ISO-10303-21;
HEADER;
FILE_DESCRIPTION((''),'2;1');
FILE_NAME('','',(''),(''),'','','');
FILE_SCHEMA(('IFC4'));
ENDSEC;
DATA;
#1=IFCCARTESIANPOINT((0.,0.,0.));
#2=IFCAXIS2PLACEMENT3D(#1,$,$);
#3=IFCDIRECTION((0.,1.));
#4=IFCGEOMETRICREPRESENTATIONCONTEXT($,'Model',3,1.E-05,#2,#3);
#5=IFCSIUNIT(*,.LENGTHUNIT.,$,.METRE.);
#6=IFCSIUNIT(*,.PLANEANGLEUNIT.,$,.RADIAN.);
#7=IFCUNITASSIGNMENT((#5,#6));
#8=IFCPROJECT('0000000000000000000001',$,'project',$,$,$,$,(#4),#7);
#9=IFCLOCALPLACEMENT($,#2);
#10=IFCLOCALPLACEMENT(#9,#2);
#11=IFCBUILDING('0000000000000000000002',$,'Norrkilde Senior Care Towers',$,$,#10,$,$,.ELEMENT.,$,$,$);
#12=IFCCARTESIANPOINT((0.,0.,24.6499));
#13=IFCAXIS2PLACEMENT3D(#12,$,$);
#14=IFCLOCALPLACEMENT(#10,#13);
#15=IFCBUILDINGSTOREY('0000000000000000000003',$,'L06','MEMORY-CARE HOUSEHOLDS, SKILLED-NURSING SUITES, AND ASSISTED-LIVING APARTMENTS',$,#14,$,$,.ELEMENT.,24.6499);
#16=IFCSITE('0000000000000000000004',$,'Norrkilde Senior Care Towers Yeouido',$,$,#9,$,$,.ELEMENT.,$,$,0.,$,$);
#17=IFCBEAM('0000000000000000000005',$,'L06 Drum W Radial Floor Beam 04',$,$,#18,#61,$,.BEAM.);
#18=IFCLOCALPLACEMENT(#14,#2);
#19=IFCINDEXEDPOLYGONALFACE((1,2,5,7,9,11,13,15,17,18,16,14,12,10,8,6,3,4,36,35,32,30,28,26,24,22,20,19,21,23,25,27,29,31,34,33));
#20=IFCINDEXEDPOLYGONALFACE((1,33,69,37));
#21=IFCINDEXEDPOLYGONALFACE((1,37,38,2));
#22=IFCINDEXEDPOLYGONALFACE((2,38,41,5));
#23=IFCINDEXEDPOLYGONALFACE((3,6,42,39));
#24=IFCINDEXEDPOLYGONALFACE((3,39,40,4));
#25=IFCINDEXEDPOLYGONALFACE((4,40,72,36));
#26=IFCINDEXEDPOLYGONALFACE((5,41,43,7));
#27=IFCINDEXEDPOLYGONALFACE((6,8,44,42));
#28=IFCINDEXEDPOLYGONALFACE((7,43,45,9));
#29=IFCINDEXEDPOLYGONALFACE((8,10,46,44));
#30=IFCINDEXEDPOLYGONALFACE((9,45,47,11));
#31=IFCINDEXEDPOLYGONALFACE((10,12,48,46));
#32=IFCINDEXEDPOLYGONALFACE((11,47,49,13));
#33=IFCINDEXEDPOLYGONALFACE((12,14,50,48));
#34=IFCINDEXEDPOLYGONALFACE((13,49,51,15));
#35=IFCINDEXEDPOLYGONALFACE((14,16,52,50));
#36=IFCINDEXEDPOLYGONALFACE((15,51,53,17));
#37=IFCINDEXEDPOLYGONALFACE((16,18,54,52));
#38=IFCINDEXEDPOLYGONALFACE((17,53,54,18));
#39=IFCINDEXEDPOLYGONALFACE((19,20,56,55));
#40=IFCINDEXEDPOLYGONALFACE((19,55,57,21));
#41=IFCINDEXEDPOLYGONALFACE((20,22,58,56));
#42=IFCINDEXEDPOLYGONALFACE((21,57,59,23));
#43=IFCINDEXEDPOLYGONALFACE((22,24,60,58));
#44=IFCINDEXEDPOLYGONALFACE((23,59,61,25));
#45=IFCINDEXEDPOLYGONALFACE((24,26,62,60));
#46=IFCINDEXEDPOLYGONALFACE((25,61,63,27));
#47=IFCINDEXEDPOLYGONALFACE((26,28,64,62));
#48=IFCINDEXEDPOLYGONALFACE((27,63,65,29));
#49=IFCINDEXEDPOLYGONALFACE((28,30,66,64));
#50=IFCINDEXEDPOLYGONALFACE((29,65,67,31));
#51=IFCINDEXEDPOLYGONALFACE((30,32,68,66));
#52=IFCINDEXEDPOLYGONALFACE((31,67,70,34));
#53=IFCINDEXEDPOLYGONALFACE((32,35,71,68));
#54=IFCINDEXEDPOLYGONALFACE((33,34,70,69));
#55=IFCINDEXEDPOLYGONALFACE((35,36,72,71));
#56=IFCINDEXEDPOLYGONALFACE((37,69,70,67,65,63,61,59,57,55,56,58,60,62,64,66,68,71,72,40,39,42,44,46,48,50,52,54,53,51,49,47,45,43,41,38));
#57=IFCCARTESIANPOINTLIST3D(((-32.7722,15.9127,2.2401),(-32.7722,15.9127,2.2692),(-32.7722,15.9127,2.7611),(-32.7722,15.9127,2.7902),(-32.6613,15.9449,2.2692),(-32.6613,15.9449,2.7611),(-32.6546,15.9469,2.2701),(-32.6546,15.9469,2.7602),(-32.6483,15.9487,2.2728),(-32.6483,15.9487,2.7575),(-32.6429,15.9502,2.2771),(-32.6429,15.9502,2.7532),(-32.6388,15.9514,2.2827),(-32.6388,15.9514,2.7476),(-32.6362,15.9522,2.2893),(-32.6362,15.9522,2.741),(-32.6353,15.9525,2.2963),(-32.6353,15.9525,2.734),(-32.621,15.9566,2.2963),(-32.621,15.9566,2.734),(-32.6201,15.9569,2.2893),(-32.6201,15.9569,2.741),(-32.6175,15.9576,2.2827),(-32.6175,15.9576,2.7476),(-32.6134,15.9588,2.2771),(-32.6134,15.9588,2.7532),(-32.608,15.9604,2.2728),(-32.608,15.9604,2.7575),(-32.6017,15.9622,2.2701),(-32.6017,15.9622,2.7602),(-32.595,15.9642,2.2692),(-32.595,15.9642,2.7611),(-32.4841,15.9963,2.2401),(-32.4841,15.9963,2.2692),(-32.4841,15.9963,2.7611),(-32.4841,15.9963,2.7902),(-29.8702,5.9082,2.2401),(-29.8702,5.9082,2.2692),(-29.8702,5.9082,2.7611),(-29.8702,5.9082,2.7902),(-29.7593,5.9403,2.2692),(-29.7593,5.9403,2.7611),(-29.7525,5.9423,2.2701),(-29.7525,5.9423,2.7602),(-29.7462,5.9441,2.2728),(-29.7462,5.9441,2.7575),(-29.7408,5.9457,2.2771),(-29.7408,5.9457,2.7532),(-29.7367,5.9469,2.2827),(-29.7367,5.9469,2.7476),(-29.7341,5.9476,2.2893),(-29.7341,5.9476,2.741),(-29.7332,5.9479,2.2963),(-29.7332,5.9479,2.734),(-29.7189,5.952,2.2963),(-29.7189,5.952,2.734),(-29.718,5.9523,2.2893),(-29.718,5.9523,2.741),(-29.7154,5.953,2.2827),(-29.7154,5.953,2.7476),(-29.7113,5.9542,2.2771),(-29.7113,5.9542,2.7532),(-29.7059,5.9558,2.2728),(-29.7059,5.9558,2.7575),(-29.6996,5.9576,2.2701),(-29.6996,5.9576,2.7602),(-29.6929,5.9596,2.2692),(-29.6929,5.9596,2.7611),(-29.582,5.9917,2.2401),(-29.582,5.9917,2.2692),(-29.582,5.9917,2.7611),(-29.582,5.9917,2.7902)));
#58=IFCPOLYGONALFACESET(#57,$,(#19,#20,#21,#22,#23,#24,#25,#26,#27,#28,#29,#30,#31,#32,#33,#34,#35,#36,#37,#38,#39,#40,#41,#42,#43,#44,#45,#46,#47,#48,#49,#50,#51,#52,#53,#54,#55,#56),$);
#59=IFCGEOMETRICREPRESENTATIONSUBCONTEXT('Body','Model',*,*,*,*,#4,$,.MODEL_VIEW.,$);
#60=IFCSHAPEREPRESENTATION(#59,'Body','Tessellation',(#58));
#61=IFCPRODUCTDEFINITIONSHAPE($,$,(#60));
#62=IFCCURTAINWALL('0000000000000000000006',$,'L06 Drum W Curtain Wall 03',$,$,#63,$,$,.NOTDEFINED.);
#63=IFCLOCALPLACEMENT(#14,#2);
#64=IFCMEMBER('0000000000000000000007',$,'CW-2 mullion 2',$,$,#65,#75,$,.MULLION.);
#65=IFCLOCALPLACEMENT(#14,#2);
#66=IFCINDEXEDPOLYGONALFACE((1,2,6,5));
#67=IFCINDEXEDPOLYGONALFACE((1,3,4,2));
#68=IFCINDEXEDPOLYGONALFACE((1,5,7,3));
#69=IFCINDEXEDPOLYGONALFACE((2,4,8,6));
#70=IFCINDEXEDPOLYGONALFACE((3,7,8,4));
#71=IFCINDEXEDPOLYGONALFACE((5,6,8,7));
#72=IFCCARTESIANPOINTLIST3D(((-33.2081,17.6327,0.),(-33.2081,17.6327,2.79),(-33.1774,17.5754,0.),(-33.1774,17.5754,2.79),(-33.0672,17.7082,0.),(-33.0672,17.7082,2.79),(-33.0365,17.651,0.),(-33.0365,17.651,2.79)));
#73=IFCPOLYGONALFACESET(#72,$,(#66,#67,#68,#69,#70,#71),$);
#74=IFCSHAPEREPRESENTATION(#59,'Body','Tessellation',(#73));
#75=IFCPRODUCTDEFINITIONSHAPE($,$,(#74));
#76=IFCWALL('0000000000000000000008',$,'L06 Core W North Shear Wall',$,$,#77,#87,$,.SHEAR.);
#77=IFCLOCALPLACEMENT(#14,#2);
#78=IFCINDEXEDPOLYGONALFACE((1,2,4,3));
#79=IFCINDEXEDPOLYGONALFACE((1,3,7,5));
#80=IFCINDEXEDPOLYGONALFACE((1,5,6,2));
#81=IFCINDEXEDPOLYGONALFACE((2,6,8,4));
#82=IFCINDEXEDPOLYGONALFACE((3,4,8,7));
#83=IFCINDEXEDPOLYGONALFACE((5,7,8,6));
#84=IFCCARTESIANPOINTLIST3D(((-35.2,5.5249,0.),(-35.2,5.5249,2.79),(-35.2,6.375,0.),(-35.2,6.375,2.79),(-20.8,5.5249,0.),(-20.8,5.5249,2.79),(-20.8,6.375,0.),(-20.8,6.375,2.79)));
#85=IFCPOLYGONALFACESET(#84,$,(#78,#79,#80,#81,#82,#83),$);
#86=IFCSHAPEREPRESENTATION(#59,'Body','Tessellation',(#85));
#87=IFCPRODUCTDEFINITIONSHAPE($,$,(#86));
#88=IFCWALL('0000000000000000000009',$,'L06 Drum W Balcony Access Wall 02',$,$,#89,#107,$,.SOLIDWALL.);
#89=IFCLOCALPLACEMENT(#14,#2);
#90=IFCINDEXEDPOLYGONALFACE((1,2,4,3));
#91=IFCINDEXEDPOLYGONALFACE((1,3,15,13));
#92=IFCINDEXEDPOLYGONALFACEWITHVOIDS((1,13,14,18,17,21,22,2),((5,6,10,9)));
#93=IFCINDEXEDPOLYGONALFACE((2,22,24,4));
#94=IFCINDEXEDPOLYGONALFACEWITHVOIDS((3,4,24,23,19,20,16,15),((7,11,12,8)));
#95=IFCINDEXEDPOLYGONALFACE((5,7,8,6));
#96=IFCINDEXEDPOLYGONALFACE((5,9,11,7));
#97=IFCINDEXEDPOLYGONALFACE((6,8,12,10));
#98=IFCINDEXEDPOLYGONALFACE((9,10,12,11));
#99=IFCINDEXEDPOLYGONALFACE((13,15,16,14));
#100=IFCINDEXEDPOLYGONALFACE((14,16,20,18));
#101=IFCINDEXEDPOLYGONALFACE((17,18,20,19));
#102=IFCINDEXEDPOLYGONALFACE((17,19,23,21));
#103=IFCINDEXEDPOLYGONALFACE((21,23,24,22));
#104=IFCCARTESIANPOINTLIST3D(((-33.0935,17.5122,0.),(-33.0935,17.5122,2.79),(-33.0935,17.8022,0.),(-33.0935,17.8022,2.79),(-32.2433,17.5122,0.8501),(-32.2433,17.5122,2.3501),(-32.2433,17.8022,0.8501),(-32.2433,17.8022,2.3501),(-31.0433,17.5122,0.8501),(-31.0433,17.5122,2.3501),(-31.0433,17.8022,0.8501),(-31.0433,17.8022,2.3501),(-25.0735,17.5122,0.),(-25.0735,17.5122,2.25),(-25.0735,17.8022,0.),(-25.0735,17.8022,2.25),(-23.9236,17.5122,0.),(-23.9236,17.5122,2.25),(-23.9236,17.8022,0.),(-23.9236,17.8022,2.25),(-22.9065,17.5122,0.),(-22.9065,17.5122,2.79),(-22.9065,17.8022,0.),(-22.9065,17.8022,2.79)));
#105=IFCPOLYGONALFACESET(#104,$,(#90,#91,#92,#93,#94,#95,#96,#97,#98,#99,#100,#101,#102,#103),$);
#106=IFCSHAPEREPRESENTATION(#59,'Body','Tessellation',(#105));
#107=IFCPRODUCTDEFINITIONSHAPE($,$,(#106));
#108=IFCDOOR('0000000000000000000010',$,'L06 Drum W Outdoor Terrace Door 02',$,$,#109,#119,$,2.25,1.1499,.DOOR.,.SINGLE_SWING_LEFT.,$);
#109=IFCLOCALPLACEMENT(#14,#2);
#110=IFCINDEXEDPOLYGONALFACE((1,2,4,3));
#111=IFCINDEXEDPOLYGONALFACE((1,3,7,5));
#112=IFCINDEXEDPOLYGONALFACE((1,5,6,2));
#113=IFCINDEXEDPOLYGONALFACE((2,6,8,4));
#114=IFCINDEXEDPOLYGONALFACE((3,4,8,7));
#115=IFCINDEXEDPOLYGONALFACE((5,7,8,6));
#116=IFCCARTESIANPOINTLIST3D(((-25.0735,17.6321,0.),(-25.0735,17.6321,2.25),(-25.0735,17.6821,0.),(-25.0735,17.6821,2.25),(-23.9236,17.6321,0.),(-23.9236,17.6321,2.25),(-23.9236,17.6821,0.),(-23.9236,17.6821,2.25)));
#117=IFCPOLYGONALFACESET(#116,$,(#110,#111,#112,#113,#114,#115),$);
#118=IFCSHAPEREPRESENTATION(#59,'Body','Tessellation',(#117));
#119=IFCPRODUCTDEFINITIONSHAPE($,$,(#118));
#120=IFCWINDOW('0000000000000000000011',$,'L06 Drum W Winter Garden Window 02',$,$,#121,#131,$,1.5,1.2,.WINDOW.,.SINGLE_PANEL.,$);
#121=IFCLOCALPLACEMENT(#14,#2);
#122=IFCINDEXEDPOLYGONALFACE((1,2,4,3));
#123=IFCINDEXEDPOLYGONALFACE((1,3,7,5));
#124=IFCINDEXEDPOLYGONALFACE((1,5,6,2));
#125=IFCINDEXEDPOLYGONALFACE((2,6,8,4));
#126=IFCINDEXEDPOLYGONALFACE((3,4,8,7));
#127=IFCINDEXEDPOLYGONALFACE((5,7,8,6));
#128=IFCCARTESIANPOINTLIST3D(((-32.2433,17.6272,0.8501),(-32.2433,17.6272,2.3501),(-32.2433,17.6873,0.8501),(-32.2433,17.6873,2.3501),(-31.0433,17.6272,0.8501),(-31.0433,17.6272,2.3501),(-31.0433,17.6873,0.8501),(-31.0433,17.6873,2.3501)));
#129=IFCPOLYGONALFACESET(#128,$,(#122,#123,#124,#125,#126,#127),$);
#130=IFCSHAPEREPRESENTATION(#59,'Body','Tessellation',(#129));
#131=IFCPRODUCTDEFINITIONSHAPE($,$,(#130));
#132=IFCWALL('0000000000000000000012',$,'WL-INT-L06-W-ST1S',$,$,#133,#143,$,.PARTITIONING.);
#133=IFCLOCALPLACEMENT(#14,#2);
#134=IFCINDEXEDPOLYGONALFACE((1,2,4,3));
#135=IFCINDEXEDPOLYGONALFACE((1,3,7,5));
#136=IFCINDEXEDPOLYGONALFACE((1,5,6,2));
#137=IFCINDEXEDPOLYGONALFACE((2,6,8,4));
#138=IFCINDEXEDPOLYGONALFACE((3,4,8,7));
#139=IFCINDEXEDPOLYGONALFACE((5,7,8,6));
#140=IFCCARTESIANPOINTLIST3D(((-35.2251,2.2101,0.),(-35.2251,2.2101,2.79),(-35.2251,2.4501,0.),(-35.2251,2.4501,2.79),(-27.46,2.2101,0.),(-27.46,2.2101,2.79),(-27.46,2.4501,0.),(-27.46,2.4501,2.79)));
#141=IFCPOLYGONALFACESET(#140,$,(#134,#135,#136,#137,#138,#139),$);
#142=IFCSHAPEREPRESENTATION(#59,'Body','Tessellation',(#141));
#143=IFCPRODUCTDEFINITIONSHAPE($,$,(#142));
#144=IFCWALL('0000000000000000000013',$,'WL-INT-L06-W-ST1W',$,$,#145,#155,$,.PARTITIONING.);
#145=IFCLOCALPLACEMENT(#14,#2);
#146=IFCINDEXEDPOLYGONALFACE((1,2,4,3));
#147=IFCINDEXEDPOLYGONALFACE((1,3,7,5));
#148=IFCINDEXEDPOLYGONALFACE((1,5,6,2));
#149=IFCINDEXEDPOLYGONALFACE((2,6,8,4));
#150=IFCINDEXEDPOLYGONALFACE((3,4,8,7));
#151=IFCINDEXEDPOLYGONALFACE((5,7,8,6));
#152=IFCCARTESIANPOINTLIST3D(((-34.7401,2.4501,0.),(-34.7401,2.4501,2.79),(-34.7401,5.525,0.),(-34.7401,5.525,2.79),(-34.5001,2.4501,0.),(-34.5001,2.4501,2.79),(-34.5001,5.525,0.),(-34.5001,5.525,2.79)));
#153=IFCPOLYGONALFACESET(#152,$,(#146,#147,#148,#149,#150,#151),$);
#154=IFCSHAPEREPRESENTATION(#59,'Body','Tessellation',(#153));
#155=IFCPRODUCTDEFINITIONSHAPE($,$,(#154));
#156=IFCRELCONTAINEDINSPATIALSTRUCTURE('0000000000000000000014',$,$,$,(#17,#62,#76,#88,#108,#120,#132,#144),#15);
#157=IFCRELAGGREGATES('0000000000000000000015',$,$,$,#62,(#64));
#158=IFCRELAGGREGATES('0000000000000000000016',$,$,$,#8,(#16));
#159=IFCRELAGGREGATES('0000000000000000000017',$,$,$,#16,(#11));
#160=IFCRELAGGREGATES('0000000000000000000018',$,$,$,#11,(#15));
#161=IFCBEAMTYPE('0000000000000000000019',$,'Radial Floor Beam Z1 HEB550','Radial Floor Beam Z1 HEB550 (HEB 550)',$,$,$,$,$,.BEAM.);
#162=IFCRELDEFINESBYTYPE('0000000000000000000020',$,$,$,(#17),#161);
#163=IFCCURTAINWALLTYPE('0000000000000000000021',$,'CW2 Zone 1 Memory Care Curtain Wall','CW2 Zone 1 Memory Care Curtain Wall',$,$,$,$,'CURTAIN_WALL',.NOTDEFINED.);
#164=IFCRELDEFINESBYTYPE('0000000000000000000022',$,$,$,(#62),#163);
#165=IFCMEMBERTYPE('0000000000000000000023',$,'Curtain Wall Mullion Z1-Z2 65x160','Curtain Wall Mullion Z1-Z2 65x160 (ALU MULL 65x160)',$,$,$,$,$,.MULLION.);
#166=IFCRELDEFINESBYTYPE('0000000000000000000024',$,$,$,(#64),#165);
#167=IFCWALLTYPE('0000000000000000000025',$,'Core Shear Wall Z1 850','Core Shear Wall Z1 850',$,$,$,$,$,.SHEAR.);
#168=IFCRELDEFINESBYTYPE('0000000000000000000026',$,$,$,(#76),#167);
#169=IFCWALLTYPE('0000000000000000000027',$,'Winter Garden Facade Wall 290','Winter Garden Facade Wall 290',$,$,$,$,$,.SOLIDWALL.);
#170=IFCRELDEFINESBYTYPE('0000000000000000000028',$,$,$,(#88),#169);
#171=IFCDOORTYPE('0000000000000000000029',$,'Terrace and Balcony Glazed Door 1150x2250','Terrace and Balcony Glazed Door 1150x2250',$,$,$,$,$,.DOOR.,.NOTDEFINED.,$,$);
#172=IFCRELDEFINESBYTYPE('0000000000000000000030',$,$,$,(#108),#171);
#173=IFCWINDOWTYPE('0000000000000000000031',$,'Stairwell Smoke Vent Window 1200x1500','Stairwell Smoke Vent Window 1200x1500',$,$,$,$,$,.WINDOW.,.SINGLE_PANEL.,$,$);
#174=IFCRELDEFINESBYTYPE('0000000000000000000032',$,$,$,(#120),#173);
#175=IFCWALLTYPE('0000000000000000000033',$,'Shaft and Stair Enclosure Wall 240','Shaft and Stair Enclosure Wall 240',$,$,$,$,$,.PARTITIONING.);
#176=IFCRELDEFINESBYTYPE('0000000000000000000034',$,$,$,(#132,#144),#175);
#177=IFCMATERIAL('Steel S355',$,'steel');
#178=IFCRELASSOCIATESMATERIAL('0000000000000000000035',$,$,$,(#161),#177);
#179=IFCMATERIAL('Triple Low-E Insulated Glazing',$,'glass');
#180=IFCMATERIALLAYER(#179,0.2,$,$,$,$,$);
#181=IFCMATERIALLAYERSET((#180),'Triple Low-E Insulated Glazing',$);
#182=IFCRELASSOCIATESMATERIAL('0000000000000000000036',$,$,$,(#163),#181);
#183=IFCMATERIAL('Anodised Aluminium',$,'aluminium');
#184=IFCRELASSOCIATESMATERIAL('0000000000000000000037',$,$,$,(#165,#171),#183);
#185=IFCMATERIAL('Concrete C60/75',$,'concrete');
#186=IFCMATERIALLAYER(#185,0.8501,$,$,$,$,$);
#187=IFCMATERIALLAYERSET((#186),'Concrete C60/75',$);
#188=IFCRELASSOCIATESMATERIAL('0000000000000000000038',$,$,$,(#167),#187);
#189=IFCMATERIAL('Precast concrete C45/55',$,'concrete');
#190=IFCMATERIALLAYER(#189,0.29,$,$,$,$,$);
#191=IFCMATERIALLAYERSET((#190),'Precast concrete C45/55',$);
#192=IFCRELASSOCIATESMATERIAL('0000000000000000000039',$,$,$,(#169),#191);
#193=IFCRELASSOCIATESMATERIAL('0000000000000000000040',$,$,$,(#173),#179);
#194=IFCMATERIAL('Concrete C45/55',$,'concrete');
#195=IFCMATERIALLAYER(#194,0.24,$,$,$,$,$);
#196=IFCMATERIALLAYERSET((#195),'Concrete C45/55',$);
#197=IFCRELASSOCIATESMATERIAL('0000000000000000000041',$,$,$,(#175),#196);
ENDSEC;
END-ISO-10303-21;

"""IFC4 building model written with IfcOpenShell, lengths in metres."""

from ifc_helpers import new_model, si_unit, direction, frame, frame_2d, origin, origin_2d, place, context, subcontext, project, spatial, rectangle, i_section, extrude, source, transform, mapped, material, layer, layer_set, material_profile, profile_set, type_object, type_shapes, element, fill, aggregate, save


model = new_model("IFC4")

# Units and contexts
model_context = context("Model", 3, precision=1e-05, world=origin(), true_north=direction((0.0, 1.0)))
body_context = subcontext(model_context, "Body", "Model", "MODEL_VIEW")
ifc_project = project(units=[si_unit("LENGTHUNIT", "METRE"), si_unit("PLANEANGLEUNIT", "RADIAN")], contexts=[model_context])

# Site, building, storey
site_placement = place(None, origin())
site = spatial("IfcSite", under=ifc_project, at=site_placement, Name="Norrkilde Senior Care Towers Yeouido", CompositionType="ELEMENT", RefElevation=0.0)
building_placement = place(site_placement, origin())
building = spatial("IfcBuilding", under=site, at=building_placement, Name="Norrkilde Senior Care Towers", CompositionType="ELEMENT")
storey_placement = place(building_placement, frame((0.0, 0.0, 24.6499)))
storey = spatial("IfcBuildingStorey", under=building, at=storey_placement, Name="L06", Description="MEMORY-CARE HOUSEHOLDS, SKILLED-NURSING SUITES, AND ASSISTED-LIVING APARTMENTS", CompositionType="ELEMENT", Elevation=24.6499)

# Shared definitions
ifc_material_1 = material(Name="Concrete C60/75", Category="concrete")

# Beam
ifc_material_2 = material(Name="Steel S355", Category="steel")
ifc_material_profile_1 = material_profile(ifc_material_2, i_section(OverallWidth=0.3, OverallDepth=0.55, WebThickness=0.0149, FlangeThickness=0.0291, FilletRadius=0.0271, at=origin_2d()), Name="HEB 550")
ifc_profile_set_1 = profile_set([ifc_material_profile_1], Name="Steel S355")
beam_type_1 = type_object("IfcBeamType", Name="Radial Floor Beam Z1 HEB550", Description="Radial Floor Beam Z1 HEB550 (HEB 550)", PredefinedType="BEAM", material=ifc_profile_set_1)
shared_shape_1 = source(origin(), body_context, "Body", "SweptSolid", [
    extrude(i_section(OverallWidth=0.3, OverallDepth=0.55, WebThickness=0.0149, FlangeThickness=0.0291, FilletRadius=0.0271, at=origin_2d()), origin(), (0.0, 0.0, 1.0), 10.417),
])
beam_1_placement = place(storey_placement, frame((-29.7261, 5.95, 2.5151), z_axis=(-0.278591, 0.96041, 0.0), x_axis=(-0.96041, -0.278591, 0.0)))
element("IfcBeam", 1, at=beam_1_placement, inside=storey, type_object=beam_type_1, Name="L06 Drum W Radial Floor Beam 04", PredefinedType="BEAM", context=body_context, shape_type="MappedRepresentation", body=[
    mapped(shared_shape_1, transform((0.0, 0.0, 0.0), x_axis=(1.0, 0.0, 0.0), y_axis=(0.0, 1.0, 0.0), z_axis=(0.0, 0.0, 1.0), scale=1.0)),
])

# Curtain wall, member
ifc_material_3 = material(Name="Triple Low-E Insulated Glazing", Category="glass")
ifc_layer_1 = layer(ifc_material_3, 0.2)
ifc_layer_set_1 = layer_set([ifc_layer_1], Name="Triple Low-E Insulated Glazing")
curtain_wall_type = type_object("IfcCurtainWallType", Name="CW2 Zone 1 Memory Care Curtain Wall", Description="CW2 Zone 1 Memory Care Curtain Wall", ElementType="CURTAIN_WALL", PredefinedType="NOTDEFINED", material=ifc_layer_set_1)
curtain_wall_placement = place(storey_placement, origin())
curtain_wall = element("IfcCurtainWall", 2, at=curtain_wall_placement, inside=storey, type_object=curtain_wall_type, Name="L06 Drum W Curtain Wall 03", PredefinedType="NOTDEFINED")
ifc_material_4 = material(Name="Anodised Aluminium", Category="aluminium")
ifc_material_profile_2 = material_profile(ifc_material_4, rectangle(XDim=0.0649, YDim=0.1599, at=origin_2d()), Name="ALU MULL 65x160")
ifc_profile_set_2 = profile_set([ifc_material_profile_2], Name="Anodised Aluminium")
member_type = type_object("IfcMemberType", Name="Curtain Wall Mullion Z1-Z2 65x160", Description="Curtain Wall Mullion Z1-Z2 65x160 (ALU MULL 65x160)", PredefinedType="MULLION", material=ifc_profile_set_2)
shared_shape_2 = source(origin(), body_context, "Body", "SweptSolid", [
    extrude(rectangle(XDim=0.0649, YDim=0.1599, at=origin_2d()), origin(), (0.0, 0.0, 1.0), 2.79),
])
type_shapes(member_type, [shared_shape_2])
member_placement = place(storey_placement, frame((-33.1223, 17.6418, 0.0), z_axis=(0.0, 0.0, 1.0), x_axis=(-0.472608, 0.881273, 0.0)))
member = element("IfcMember", 3, at=member_placement, type_object=member_type, Name="CW-2 mullion 2", PredefinedType="MULLION", context=body_context, shape_type="MappedRepresentation", body=[
    mapped(shared_shape_2, transform((0.0, 0.0, 0.0), x_axis=(1.0, 0.0, 0.0), y_axis=(0.0, 1.0, 0.0), z_axis=(0.0, 0.0, 1.0), scale=1.0)),
])
aggregate(curtain_wall, [member])

# Wall
ifc_layer_2 = layer(ifc_material_1, 0.8501)
ifc_layer_set_2 = layer_set([ifc_layer_2], Name="Concrete C60/75")
wall_type_1 = type_object("IfcWallType", Name="Core Shear Wall Z1 850", Description="Core Shear Wall Z1 850", PredefinedType="SHEAR", material=ifc_layer_set_2)
shared_shape_3 = source(origin(), body_context, "Body", "SweptSolid", [
    extrude(rectangle(XDim=14.3999, YDim=0.8501, at=frame_2d((7.2, 0.0))), origin(), (0.0, 0.0, 1.0), 2.79),
])
type_shapes(wall_type_1, [shared_shape_3])
wall_1_placement = place(storey_placement, frame((-35.2, 5.95, 0.0), z_axis=(0.0, 0.0, 1.0), x_axis=(1.0, 0.0, 0.0)))
element("IfcWall", 4, at=wall_1_placement, inside=storey, type_object=wall_type_1, Name="L06 Core W North Shear Wall", PredefinedType="SHEAR", context=body_context, shape_type="MappedRepresentation", body=[
    mapped(shared_shape_3, transform((0.0, 0.0, 0.0), x_axis=(1.0, 0.0, 0.0), y_axis=(0.0, 1.0, 0.0), z_axis=(0.0, 0.0, 1.0), scale=1.0)),
])

# Wall, openings, door, window
ifc_material_5 = material(Name="Precast concrete C45/55", Category="concrete")
ifc_layer_3 = layer(ifc_material_5, 0.29)
ifc_layer_set_3 = layer_set([ifc_layer_3], Name="Precast concrete C45/55")
wall_type_2 = type_object("IfcWallType", Name="Winter Garden Facade Wall 290", Description="Winter Garden Facade Wall 290", PredefinedType="SOLIDWALL", material=ifc_layer_set_3)
shared_shape_4 = source(origin(), body_context, "Body", "SweptSolid", [
    extrude(rectangle(XDim=10.187, YDim=0.29, at=frame_2d((5.0935, 0.0))), origin(), (0.0, 0.0, 1.0), 2.79),
])
type_shapes(wall_type_2, [shared_shape_4])
wall_2_placement = place(storey_placement, frame((-33.0935, 17.6572, 0.0), z_axis=(0.0, 0.0, 1.0), x_axis=(1.0, 0.0, 0.0)))
wall_2 = element("IfcWall", 5, at=wall_2_placement, inside=storey, type_object=wall_type_2, Name="L06 Drum W Balcony Access Wall 02", PredefinedType="SOLIDWALL", context=body_context, shape_type="MappedRepresentation", body=[
    mapped(shared_shape_4, transform((0.0, 0.0, 0.0), x_axis=(1.0, 0.0, 0.0), y_axis=(0.0, 1.0, 0.0), z_axis=(0.0, 0.0, 1.0), scale=1.0)),
])
opening_1_placement = place(wall_2_placement, frame((8.02, 0.0, 0.0)))
opening_1 = element("IfcOpeningElement", 6, at=opening_1_placement, cuts=wall_2, PredefinedType="OPENING", context=body_context, shape_type="SweptSolid", body=[
    extrude(rectangle(XDim=1.1499, YDim=2.25, at=frame_2d((0.575, 1.125))), frame((0.0, 0.155, 0.0), z_axis=(0.0, -1.0, 0.0), x_axis=(1.0, 0.0, 0.0)), (0.0, 0.0, 1.0), 0.3101),
])
opening_2_placement = place(wall_2_placement, frame((0.8501, 0.0, 0.8501)))
opening_2 = element("IfcOpeningElement", 7, at=opening_2_placement, cuts=wall_2, PredefinedType="OPENING", context=body_context, shape_type="SweptSolid", body=[
    extrude(rectangle(XDim=1.2, YDim=1.5, at=frame_2d((0.6001, 0.75))), frame((0.0, 0.155, 0.0), z_axis=(0.0, -1.0, 0.0), x_axis=(1.0, 0.0, 0.0)), (0.0, 0.0, 1.0), 0.3101),
])
door_type_1 = type_object("IfcDoorType", Name="Terrace and Balcony Glazed Door 1150x2250", Description="Terrace and Balcony Glazed Door 1150x2250", OperationType="NOTDEFINED", PredefinedType="DOOR", material=ifc_material_4)
shared_shape_5 = source(origin(), body_context, "Body", "SweptSolid", [
    extrude(rectangle(XDim=1.1499, YDim=2.25, at=frame_2d((0.575, 1.125))), frame((0.0, 0.0249, 0.0), z_axis=(0.0, -1.0, 0.0), x_axis=(1.0, 0.0, 0.0)), (0.0, 0.0, 1.0), 0.05),
])
type_shapes(door_type_1, [shared_shape_5])
door_1_placement = place(opening_1_placement, origin())
door_1 = element("IfcDoor", 8, at=door_1_placement, inside=storey, type_object=door_type_1, Name="L06 Drum W Outdoor Terrace Door 02", OperationType="SINGLE_SWING_LEFT", OverallHeight=2.25, OverallWidth=1.1499, PredefinedType="DOOR", context=body_context, shape_type="MappedRepresentation", body=[
    mapped(shared_shape_5, transform((0.0, 0.0, 0.0), x_axis=(1.0, 0.0, 0.0), y_axis=(0.0, 1.0, 0.0), z_axis=(0.0, 0.0, 1.0), scale=1.0)),
])
fill(opening_1, door_1)
window_type = type_object("IfcWindowType", Name="Stairwell Smoke Vent Window 1200x1500", Description="Stairwell Smoke Vent Window 1200x1500", PartitioningType="SINGLE_PANEL", PredefinedType="WINDOW", material=ifc_material_3)
shared_shape_6 = source(origin(), body_context, "Body", "SweptSolid", [
    extrude(rectangle(XDim=1.2, YDim=1.5, at=frame_2d((0.6001, 0.75))), frame((0.0, 0.03, 0.0), z_axis=(0.0, -1.0, 0.0), x_axis=(1.0, 0.0, 0.0)), (0.0, 0.0, 1.0), 0.0601),
])
type_shapes(window_type, [shared_shape_6])
window_placement = place(opening_2_placement, origin())
window = element("IfcWindow", 9, at=window_placement, inside=storey, type_object=window_type, Name="L06 Drum W Winter Garden Window 02", OverallHeight=1.5, OverallWidth=1.2, PartitioningType="SINGLE_PANEL", PredefinedType="WINDOW", context=body_context, shape_type="MappedRepresentation", body=[
    mapped(shared_shape_6, transform((0.0, 0.0, 0.0), x_axis=(1.0, 0.0, 0.0), y_axis=(0.0, 1.0, 0.0), z_axis=(0.0, 0.0, 1.0), scale=1.0)),
])
fill(opening_2, window)

# Walls
ifc_material_6 = material(Name="Concrete C45/55", Category="concrete")
ifc_layer_4 = layer(ifc_material_6, 0.24)
ifc_layer_set_4 = layer_set([ifc_layer_4], Name="Concrete C45/55")
wall_type_3 = type_object("IfcWallType", Name="Shaft and Stair Enclosure Wall 240", Description="Shaft and Stair Enclosure Wall 240", PredefinedType="PARTITIONING", material=ifc_layer_set_4)
shared_shape_7 = source(origin(), body_context, "Body", "SweptSolid", [
    extrude(rectangle(XDim=7.7651, YDim=0.24, at=frame_2d((3.8826, 0.0))), origin(), (0.0, 0.0, 1.0), 2.79),
])
wall_3_placement = place(storey_placement, frame((-35.2251, 2.3301, 0.0), z_axis=(0.0, 0.0, 1.0), x_axis=(1.0, 0.0, 0.0)))
element("IfcWall", 10, at=wall_3_placement, inside=storey, type_object=wall_type_3, Name="WL-INT-L06-W-ST1S", PredefinedType="PARTITIONING", context=body_context, shape_type="MappedRepresentation", body=[
    mapped(shared_shape_7, transform((0.0, 0.0, 0.0), x_axis=(1.0, 0.0, 0.0), y_axis=(0.0, 1.0, 0.0), z_axis=(0.0, 0.0, 1.0), scale=1.0)),
])
shared_shape_8 = source(origin(), body_context, "Body", "SweptSolid", [
    extrude(rectangle(XDim=3.075, YDim=0.24, at=frame_2d((1.5376, 0.0))), origin(), (0.0, 0.0, 1.0), 2.79),
])
type_shapes(wall_type_3, [shared_shape_7, shared_shape_8])
wall_4_placement = place(storey_placement, frame((-34.6201, 2.45, 0.0), z_axis=(0.0, 0.0, 1.0), x_axis=(0.0, 1.0, 0.0)))
element("IfcWall", 11, at=wall_4_placement, inside=storey, type_object=wall_type_3, Name="WL-INT-L06-W-ST1W", PredefinedType="PARTITIONING", context=body_context, shape_type="MappedRepresentation", body=[
    mapped(shared_shape_8, transform((0.0, 0.0, 0.0), x_axis=(1.0, 0.0, 0.0), y_axis=(0.0, 1.0, 0.0), z_axis=(0.0, 0.0, 1.0), scale=1.0)),
])

save(model, "model.ifc")
